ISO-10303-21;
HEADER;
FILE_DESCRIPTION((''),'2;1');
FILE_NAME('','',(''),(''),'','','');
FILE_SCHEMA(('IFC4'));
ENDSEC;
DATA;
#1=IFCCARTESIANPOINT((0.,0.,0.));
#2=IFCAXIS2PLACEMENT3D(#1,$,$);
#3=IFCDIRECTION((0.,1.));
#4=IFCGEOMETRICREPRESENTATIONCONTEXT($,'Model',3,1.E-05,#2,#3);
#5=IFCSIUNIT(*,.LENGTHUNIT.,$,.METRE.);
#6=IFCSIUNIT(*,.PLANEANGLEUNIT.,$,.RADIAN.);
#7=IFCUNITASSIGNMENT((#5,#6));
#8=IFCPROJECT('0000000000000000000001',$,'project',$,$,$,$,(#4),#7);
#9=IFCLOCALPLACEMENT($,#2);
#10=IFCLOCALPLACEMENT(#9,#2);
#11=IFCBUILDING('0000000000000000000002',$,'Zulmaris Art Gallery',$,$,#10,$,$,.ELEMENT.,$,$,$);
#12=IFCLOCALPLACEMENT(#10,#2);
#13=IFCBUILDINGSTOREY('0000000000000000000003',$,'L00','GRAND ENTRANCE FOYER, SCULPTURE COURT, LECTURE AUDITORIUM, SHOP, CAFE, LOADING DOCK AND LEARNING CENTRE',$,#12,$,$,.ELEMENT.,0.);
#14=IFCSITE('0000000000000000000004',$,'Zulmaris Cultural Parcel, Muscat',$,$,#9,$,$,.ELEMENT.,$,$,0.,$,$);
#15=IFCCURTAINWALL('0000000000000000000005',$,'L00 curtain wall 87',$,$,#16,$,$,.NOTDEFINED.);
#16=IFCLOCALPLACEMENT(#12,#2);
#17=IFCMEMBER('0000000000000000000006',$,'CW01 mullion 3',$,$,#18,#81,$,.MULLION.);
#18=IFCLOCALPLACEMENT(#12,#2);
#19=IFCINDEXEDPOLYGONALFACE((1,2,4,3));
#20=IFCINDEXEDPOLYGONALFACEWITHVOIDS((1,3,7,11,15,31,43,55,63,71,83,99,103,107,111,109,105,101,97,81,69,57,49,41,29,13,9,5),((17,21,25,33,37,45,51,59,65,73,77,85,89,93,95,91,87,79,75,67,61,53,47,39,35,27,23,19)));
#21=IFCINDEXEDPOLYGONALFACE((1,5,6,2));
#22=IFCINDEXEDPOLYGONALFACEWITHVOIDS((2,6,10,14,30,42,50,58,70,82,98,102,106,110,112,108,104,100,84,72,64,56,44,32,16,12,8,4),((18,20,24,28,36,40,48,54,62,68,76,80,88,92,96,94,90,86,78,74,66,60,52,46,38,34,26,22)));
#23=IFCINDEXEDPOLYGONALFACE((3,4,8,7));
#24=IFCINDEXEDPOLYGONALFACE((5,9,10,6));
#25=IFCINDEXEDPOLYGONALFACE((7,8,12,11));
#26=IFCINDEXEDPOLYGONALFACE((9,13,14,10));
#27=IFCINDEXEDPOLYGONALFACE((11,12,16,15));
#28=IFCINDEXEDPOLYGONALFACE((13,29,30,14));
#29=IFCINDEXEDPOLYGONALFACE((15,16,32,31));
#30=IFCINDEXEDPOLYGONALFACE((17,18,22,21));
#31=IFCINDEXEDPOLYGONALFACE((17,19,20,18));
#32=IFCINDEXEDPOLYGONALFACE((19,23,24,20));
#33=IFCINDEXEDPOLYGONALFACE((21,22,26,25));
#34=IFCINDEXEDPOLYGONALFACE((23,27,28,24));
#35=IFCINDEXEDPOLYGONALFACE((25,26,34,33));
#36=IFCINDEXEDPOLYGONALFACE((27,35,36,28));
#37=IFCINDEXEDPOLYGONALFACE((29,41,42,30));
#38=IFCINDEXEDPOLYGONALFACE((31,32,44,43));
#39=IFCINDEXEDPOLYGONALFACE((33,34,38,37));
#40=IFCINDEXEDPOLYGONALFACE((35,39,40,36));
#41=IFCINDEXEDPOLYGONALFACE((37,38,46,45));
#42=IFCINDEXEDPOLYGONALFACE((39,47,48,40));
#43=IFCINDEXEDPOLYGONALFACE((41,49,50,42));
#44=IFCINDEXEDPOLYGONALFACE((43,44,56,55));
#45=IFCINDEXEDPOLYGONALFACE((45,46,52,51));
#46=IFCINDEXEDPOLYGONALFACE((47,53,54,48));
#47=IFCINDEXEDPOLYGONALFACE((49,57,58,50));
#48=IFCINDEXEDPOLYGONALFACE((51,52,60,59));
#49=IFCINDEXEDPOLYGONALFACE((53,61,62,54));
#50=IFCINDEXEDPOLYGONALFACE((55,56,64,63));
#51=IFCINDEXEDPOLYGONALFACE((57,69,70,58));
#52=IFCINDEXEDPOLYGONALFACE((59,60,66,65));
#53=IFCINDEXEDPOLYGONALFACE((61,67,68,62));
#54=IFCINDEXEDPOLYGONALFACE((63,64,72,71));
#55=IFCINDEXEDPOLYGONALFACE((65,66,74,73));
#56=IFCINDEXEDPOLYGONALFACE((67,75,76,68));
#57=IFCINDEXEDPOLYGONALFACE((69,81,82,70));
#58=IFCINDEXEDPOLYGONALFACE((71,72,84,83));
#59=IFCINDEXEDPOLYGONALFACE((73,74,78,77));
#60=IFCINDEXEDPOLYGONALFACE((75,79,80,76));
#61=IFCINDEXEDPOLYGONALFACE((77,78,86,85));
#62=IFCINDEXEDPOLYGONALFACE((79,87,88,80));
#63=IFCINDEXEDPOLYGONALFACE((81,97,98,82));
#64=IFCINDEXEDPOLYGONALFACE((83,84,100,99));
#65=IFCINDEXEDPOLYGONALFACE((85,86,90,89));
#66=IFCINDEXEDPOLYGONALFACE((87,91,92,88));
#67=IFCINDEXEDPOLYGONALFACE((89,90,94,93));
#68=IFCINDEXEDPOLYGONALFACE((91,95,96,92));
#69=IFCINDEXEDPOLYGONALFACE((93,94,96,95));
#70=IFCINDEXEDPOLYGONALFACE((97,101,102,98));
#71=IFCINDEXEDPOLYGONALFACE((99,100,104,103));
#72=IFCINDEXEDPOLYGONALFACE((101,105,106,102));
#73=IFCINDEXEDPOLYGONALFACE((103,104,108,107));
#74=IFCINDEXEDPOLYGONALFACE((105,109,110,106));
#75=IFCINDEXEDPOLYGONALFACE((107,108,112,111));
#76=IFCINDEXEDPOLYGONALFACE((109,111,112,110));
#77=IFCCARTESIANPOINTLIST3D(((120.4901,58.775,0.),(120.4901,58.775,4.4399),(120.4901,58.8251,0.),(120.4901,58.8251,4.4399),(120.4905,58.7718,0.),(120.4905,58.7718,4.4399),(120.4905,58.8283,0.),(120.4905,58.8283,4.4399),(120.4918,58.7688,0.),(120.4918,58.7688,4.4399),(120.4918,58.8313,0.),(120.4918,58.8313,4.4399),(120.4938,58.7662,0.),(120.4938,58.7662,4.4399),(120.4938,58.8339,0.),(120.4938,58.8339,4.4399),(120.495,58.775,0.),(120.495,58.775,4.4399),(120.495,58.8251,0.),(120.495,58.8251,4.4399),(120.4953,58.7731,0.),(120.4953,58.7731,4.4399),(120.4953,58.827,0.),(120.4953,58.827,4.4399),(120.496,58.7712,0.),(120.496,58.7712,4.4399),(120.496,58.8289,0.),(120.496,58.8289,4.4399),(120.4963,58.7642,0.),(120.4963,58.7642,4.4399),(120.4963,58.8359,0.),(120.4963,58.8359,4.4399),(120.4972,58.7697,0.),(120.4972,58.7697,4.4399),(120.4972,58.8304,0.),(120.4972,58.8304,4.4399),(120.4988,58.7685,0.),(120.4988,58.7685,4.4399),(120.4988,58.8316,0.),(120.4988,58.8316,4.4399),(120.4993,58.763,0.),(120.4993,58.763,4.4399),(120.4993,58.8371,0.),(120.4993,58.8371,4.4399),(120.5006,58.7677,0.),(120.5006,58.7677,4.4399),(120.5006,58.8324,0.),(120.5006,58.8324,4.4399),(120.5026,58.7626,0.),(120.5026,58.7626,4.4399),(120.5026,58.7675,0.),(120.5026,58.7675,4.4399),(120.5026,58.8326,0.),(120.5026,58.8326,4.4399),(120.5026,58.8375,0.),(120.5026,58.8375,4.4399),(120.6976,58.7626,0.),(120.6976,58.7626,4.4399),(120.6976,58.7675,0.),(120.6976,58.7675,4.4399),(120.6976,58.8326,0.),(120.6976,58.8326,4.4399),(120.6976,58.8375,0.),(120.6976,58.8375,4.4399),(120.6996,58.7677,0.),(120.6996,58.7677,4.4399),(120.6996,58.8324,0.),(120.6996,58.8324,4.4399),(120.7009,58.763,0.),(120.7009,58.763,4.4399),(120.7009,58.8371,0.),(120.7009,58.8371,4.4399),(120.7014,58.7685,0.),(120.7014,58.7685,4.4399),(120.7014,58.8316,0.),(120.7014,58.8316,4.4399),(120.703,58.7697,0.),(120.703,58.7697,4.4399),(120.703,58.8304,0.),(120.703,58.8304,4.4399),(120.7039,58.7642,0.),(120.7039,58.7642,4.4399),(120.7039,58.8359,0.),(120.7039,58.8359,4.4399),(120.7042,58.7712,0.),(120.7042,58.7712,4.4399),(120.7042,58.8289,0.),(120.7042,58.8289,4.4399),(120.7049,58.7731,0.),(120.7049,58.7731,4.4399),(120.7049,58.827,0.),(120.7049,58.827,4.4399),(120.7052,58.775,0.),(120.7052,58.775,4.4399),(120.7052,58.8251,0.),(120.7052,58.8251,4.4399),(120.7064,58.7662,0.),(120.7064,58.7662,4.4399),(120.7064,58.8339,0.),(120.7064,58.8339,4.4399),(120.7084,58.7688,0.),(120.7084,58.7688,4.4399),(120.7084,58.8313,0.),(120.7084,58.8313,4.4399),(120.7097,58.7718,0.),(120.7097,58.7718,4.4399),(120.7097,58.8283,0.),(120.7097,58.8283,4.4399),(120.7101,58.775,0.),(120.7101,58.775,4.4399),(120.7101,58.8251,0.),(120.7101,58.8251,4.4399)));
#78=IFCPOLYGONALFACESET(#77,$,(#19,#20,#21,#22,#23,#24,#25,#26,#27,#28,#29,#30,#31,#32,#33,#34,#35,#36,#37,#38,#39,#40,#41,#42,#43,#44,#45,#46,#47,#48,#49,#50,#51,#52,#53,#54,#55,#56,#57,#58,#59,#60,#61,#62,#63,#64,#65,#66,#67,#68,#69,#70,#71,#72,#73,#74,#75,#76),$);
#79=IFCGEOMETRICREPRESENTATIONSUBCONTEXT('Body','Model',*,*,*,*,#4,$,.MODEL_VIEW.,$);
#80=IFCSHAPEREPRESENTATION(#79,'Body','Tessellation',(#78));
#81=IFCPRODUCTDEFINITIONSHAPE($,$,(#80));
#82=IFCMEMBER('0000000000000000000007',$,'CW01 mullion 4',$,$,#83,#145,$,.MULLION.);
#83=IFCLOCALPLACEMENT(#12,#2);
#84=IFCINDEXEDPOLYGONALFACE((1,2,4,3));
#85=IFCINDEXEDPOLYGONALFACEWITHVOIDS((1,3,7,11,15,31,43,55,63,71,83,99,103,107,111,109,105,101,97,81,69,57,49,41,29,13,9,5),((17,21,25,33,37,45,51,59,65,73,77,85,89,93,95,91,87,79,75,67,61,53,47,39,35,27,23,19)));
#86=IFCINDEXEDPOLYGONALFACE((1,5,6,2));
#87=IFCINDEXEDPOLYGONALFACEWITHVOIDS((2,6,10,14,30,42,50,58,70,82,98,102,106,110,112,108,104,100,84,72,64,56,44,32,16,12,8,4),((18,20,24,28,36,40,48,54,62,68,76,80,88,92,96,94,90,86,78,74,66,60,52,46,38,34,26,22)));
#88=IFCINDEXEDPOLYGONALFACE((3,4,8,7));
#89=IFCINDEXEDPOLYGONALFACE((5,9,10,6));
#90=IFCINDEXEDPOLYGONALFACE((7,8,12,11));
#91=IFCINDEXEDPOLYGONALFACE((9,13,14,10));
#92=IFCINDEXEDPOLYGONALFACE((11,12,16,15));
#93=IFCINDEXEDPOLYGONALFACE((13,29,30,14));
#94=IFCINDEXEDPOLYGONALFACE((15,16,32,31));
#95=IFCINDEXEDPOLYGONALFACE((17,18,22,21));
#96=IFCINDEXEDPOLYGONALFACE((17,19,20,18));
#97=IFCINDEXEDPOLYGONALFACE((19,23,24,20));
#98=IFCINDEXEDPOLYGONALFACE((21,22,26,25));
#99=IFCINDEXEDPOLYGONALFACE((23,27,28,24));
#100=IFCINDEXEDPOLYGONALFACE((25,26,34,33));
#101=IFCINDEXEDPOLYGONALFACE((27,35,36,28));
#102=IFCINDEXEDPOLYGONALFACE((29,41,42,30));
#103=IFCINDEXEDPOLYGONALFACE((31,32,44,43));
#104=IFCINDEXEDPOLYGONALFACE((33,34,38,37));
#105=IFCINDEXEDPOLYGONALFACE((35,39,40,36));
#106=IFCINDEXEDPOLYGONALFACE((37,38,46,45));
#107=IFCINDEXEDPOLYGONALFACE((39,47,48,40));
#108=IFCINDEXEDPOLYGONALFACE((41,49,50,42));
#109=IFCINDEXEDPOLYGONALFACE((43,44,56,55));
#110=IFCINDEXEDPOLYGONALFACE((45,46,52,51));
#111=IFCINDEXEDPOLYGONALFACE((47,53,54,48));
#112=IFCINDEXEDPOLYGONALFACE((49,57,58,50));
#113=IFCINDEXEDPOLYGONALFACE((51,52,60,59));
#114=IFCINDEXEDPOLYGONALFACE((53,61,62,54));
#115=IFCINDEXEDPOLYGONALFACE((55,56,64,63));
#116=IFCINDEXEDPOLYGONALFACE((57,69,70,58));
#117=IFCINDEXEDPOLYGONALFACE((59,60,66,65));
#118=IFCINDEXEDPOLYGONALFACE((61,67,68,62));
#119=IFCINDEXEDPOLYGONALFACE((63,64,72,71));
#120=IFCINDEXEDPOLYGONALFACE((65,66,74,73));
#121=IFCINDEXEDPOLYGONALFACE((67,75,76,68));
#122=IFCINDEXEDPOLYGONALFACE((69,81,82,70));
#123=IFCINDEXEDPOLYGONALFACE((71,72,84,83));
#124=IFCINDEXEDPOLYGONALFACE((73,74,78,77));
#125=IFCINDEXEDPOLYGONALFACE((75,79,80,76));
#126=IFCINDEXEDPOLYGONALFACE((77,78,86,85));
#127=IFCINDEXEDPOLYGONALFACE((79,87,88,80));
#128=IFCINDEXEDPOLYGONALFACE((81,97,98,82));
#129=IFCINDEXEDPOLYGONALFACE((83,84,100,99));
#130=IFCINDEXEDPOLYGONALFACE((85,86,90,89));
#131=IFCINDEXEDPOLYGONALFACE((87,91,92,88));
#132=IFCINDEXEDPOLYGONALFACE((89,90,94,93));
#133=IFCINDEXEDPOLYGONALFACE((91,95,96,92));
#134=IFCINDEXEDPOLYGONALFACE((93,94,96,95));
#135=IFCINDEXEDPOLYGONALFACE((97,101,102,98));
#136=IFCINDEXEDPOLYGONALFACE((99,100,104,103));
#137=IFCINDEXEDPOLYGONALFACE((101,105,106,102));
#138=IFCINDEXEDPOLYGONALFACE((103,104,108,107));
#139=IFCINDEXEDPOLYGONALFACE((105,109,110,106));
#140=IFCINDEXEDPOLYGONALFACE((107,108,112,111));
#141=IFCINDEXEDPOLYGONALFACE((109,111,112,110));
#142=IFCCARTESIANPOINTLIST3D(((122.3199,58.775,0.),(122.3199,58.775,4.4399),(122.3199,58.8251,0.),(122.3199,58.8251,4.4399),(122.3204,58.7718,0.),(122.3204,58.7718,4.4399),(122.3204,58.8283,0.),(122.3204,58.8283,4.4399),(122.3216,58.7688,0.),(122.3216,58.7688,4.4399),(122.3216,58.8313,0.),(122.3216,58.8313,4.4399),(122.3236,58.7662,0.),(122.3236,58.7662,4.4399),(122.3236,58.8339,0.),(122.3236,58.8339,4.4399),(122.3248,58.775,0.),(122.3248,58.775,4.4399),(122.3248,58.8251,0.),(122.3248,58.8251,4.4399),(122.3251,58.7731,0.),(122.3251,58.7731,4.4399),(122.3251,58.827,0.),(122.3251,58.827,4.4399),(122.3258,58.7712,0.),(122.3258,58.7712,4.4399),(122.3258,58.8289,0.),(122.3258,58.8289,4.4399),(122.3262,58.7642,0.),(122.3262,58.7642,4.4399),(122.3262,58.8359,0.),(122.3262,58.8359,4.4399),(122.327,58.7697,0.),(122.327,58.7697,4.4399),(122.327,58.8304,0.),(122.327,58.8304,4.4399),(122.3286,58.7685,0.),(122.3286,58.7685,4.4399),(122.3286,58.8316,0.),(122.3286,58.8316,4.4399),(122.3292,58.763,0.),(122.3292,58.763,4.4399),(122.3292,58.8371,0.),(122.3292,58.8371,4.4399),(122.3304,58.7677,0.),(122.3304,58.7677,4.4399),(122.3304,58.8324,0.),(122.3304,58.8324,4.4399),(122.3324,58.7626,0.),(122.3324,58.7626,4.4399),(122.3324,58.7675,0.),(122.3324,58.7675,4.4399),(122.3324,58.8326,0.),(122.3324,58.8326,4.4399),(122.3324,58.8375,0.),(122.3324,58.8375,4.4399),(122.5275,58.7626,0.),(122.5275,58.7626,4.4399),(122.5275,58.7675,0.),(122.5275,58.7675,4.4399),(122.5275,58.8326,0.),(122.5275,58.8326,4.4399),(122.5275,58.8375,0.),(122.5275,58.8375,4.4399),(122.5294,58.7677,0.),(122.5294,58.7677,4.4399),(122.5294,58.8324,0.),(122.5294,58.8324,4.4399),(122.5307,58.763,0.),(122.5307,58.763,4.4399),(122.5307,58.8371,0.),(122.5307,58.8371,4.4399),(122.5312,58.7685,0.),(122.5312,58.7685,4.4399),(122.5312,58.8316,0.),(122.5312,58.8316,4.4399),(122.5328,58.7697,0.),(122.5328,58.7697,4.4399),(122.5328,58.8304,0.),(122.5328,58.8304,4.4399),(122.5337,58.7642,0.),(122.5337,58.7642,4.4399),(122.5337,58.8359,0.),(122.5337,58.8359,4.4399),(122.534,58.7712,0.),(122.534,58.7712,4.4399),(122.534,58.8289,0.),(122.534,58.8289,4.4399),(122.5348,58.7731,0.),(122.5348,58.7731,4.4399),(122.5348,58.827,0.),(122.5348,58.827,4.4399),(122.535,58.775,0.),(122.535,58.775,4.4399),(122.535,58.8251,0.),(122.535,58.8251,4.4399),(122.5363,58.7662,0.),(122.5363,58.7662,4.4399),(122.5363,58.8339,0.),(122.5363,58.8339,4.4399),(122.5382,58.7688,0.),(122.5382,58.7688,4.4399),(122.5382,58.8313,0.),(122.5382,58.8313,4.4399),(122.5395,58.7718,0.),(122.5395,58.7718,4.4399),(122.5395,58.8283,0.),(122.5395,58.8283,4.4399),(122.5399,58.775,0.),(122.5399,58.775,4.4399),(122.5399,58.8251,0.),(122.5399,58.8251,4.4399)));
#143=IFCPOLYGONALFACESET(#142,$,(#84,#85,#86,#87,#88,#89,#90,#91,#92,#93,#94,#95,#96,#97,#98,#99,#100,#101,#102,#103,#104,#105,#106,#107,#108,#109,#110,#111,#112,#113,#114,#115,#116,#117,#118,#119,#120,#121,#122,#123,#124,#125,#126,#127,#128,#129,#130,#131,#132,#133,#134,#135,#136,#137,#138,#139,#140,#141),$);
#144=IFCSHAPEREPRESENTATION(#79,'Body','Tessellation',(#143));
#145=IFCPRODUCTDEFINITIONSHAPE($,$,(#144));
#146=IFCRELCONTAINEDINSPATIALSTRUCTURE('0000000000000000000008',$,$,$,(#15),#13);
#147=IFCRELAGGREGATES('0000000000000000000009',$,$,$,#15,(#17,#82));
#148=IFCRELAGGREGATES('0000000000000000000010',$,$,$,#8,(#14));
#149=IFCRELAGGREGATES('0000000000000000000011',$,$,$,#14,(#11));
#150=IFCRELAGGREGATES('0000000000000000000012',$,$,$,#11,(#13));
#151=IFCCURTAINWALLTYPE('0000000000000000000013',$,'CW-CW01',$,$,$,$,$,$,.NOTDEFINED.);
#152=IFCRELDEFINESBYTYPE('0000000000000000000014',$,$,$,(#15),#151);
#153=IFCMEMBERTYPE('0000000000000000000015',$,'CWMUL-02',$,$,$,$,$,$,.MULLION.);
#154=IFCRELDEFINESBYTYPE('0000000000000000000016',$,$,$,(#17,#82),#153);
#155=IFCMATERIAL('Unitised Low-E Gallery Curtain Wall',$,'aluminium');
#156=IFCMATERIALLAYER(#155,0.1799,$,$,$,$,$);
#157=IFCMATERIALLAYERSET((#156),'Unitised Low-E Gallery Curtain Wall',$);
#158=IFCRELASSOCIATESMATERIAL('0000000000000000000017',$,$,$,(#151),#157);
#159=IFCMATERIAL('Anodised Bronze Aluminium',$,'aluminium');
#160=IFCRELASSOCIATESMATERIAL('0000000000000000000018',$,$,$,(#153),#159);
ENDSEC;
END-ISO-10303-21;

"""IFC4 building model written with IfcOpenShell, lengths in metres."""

from ifc_helpers import new_model, si_unit, direction, frame, origin, origin_2d, place, context, subcontext, project, spatial, hollow_rectangle, extrude, material, layer, layer_set, material_profile, profile_set, type_object, element, aggregate, save


model = new_model("IFC4")

# Units and contexts
model_context = context("Model", 3, precision=1e-05, world=origin(), true_north=direction((0.0, 1.0)))
body_context = subcontext(model_context, "Body", "Model", "MODEL_VIEW")
ifc_project = project(units=[si_unit("LENGTHUNIT", "METRE"), si_unit("PLANEANGLEUNIT", "RADIAN")], contexts=[model_context])

# Site, building, storey
site_placement = place(None, origin())
site = spatial("IfcSite", under=ifc_project, at=site_placement, Name="Zulmaris Cultural Parcel, Muscat", CompositionType="ELEMENT", RefElevation=0.0)
building_placement = place(site_placement, origin())
building = spatial("IfcBuilding", under=site, at=building_placement, Name="Zulmaris Art Gallery", CompositionType="ELEMENT")
storey_placement = place(building_placement, origin())
storey = spatial("IfcBuildingStorey", under=building, at=storey_placement, Name="L00", Description="GRAND ENTRANCE FOYER, SCULPTURE COURT, LECTURE AUDITORIUM, SHOP, CAFE, LOADING DOCK AND LEARNING CENTRE", CompositionType="ELEMENT", Elevation=0.0)

# Curtain wall, members
ifc_material_1 = material(Name="Unitised Low-E Gallery Curtain Wall", Category="aluminium")
ifc_layer_1 = layer(ifc_material_1, 0.1799)
ifc_layer_set_1 = layer_set([ifc_layer_1], Name="Unitised Low-E Gallery Curtain Wall")
curtain_wall_type = type_object("IfcCurtainWallType", Name="CW-CW01", PredefinedType="NOTDEFINED", material=ifc_layer_set_1)
ifc_material_2 = material(Name="Anodised Bronze Aluminium", Category="aluminium")
ifc_material_profile_1 = material_profile(ifc_material_2, hollow_rectangle(XDim=0.075, YDim=0.22, WallThickness=0.0049, InnerFilletRadius=0.0076, OuterFilletRadius=0.0125, at=origin_2d()), Name="ALU 75x220x5")
ifc_profile_set_1 = profile_set([ifc_material_profile_1], Name="Anodised Bronze Aluminium")
member_type_1 = type_object("IfcMemberType", Name="CWMUL-02", PredefinedType="MULLION", material=ifc_profile_set_1)
curtain_wall_1_placement = place(storey_placement, origin())
curtain_wall_1 = element("IfcCurtainWall", 1, at=curtain_wall_1_placement, inside=storey, type_object=curtain_wall_type, Name="L00 curtain wall 87", PredefinedType="NOTDEFINED")
member_1_placement = place(storey_placement, frame((120.6001, 58.8, 0.0), z_axis=(0.0, 0.0, 1.0), x_axis=(0.0, 1.0, 0.0)))
member_1 = element("IfcMember", 2, at=member_1_placement, type_object=member_type_1, Name="CW01 mullion 3", PredefinedType="MULLION", context=body_context, shape_type="SweptSolid", body=[
    extrude(hollow_rectangle(XDim=0.075, YDim=0.22, WallThickness=0.0049, InnerFilletRadius=0.0076, OuterFilletRadius=0.0125, at=origin_2d()), origin(), (0.0, 0.0, 1.0), 4.4399),
])
member_2_placement = place(storey_placement, frame((122.4299, 58.8, 0.0), z_axis=(0.0, 0.0, 1.0), x_axis=(0.0, 1.0, 0.0)))
member_2 = element("IfcMember", 3, at=member_2_placement, type_object=member_type_1, Name="CW01 mullion 4", PredefinedType="MULLION", context=body_context, shape_type="SweptSolid", body=[
    extrude(hollow_rectangle(XDim=0.075, YDim=0.22, WallThickness=0.0049, InnerFilletRadius=0.0076, OuterFilletRadius=0.0125, at=origin_2d()), origin(), (0.0, 0.0, 1.0), 4.4399),
])

aggregate(curtain_wall_1, [member_1, member_2])

save(model, "model.ifc")
